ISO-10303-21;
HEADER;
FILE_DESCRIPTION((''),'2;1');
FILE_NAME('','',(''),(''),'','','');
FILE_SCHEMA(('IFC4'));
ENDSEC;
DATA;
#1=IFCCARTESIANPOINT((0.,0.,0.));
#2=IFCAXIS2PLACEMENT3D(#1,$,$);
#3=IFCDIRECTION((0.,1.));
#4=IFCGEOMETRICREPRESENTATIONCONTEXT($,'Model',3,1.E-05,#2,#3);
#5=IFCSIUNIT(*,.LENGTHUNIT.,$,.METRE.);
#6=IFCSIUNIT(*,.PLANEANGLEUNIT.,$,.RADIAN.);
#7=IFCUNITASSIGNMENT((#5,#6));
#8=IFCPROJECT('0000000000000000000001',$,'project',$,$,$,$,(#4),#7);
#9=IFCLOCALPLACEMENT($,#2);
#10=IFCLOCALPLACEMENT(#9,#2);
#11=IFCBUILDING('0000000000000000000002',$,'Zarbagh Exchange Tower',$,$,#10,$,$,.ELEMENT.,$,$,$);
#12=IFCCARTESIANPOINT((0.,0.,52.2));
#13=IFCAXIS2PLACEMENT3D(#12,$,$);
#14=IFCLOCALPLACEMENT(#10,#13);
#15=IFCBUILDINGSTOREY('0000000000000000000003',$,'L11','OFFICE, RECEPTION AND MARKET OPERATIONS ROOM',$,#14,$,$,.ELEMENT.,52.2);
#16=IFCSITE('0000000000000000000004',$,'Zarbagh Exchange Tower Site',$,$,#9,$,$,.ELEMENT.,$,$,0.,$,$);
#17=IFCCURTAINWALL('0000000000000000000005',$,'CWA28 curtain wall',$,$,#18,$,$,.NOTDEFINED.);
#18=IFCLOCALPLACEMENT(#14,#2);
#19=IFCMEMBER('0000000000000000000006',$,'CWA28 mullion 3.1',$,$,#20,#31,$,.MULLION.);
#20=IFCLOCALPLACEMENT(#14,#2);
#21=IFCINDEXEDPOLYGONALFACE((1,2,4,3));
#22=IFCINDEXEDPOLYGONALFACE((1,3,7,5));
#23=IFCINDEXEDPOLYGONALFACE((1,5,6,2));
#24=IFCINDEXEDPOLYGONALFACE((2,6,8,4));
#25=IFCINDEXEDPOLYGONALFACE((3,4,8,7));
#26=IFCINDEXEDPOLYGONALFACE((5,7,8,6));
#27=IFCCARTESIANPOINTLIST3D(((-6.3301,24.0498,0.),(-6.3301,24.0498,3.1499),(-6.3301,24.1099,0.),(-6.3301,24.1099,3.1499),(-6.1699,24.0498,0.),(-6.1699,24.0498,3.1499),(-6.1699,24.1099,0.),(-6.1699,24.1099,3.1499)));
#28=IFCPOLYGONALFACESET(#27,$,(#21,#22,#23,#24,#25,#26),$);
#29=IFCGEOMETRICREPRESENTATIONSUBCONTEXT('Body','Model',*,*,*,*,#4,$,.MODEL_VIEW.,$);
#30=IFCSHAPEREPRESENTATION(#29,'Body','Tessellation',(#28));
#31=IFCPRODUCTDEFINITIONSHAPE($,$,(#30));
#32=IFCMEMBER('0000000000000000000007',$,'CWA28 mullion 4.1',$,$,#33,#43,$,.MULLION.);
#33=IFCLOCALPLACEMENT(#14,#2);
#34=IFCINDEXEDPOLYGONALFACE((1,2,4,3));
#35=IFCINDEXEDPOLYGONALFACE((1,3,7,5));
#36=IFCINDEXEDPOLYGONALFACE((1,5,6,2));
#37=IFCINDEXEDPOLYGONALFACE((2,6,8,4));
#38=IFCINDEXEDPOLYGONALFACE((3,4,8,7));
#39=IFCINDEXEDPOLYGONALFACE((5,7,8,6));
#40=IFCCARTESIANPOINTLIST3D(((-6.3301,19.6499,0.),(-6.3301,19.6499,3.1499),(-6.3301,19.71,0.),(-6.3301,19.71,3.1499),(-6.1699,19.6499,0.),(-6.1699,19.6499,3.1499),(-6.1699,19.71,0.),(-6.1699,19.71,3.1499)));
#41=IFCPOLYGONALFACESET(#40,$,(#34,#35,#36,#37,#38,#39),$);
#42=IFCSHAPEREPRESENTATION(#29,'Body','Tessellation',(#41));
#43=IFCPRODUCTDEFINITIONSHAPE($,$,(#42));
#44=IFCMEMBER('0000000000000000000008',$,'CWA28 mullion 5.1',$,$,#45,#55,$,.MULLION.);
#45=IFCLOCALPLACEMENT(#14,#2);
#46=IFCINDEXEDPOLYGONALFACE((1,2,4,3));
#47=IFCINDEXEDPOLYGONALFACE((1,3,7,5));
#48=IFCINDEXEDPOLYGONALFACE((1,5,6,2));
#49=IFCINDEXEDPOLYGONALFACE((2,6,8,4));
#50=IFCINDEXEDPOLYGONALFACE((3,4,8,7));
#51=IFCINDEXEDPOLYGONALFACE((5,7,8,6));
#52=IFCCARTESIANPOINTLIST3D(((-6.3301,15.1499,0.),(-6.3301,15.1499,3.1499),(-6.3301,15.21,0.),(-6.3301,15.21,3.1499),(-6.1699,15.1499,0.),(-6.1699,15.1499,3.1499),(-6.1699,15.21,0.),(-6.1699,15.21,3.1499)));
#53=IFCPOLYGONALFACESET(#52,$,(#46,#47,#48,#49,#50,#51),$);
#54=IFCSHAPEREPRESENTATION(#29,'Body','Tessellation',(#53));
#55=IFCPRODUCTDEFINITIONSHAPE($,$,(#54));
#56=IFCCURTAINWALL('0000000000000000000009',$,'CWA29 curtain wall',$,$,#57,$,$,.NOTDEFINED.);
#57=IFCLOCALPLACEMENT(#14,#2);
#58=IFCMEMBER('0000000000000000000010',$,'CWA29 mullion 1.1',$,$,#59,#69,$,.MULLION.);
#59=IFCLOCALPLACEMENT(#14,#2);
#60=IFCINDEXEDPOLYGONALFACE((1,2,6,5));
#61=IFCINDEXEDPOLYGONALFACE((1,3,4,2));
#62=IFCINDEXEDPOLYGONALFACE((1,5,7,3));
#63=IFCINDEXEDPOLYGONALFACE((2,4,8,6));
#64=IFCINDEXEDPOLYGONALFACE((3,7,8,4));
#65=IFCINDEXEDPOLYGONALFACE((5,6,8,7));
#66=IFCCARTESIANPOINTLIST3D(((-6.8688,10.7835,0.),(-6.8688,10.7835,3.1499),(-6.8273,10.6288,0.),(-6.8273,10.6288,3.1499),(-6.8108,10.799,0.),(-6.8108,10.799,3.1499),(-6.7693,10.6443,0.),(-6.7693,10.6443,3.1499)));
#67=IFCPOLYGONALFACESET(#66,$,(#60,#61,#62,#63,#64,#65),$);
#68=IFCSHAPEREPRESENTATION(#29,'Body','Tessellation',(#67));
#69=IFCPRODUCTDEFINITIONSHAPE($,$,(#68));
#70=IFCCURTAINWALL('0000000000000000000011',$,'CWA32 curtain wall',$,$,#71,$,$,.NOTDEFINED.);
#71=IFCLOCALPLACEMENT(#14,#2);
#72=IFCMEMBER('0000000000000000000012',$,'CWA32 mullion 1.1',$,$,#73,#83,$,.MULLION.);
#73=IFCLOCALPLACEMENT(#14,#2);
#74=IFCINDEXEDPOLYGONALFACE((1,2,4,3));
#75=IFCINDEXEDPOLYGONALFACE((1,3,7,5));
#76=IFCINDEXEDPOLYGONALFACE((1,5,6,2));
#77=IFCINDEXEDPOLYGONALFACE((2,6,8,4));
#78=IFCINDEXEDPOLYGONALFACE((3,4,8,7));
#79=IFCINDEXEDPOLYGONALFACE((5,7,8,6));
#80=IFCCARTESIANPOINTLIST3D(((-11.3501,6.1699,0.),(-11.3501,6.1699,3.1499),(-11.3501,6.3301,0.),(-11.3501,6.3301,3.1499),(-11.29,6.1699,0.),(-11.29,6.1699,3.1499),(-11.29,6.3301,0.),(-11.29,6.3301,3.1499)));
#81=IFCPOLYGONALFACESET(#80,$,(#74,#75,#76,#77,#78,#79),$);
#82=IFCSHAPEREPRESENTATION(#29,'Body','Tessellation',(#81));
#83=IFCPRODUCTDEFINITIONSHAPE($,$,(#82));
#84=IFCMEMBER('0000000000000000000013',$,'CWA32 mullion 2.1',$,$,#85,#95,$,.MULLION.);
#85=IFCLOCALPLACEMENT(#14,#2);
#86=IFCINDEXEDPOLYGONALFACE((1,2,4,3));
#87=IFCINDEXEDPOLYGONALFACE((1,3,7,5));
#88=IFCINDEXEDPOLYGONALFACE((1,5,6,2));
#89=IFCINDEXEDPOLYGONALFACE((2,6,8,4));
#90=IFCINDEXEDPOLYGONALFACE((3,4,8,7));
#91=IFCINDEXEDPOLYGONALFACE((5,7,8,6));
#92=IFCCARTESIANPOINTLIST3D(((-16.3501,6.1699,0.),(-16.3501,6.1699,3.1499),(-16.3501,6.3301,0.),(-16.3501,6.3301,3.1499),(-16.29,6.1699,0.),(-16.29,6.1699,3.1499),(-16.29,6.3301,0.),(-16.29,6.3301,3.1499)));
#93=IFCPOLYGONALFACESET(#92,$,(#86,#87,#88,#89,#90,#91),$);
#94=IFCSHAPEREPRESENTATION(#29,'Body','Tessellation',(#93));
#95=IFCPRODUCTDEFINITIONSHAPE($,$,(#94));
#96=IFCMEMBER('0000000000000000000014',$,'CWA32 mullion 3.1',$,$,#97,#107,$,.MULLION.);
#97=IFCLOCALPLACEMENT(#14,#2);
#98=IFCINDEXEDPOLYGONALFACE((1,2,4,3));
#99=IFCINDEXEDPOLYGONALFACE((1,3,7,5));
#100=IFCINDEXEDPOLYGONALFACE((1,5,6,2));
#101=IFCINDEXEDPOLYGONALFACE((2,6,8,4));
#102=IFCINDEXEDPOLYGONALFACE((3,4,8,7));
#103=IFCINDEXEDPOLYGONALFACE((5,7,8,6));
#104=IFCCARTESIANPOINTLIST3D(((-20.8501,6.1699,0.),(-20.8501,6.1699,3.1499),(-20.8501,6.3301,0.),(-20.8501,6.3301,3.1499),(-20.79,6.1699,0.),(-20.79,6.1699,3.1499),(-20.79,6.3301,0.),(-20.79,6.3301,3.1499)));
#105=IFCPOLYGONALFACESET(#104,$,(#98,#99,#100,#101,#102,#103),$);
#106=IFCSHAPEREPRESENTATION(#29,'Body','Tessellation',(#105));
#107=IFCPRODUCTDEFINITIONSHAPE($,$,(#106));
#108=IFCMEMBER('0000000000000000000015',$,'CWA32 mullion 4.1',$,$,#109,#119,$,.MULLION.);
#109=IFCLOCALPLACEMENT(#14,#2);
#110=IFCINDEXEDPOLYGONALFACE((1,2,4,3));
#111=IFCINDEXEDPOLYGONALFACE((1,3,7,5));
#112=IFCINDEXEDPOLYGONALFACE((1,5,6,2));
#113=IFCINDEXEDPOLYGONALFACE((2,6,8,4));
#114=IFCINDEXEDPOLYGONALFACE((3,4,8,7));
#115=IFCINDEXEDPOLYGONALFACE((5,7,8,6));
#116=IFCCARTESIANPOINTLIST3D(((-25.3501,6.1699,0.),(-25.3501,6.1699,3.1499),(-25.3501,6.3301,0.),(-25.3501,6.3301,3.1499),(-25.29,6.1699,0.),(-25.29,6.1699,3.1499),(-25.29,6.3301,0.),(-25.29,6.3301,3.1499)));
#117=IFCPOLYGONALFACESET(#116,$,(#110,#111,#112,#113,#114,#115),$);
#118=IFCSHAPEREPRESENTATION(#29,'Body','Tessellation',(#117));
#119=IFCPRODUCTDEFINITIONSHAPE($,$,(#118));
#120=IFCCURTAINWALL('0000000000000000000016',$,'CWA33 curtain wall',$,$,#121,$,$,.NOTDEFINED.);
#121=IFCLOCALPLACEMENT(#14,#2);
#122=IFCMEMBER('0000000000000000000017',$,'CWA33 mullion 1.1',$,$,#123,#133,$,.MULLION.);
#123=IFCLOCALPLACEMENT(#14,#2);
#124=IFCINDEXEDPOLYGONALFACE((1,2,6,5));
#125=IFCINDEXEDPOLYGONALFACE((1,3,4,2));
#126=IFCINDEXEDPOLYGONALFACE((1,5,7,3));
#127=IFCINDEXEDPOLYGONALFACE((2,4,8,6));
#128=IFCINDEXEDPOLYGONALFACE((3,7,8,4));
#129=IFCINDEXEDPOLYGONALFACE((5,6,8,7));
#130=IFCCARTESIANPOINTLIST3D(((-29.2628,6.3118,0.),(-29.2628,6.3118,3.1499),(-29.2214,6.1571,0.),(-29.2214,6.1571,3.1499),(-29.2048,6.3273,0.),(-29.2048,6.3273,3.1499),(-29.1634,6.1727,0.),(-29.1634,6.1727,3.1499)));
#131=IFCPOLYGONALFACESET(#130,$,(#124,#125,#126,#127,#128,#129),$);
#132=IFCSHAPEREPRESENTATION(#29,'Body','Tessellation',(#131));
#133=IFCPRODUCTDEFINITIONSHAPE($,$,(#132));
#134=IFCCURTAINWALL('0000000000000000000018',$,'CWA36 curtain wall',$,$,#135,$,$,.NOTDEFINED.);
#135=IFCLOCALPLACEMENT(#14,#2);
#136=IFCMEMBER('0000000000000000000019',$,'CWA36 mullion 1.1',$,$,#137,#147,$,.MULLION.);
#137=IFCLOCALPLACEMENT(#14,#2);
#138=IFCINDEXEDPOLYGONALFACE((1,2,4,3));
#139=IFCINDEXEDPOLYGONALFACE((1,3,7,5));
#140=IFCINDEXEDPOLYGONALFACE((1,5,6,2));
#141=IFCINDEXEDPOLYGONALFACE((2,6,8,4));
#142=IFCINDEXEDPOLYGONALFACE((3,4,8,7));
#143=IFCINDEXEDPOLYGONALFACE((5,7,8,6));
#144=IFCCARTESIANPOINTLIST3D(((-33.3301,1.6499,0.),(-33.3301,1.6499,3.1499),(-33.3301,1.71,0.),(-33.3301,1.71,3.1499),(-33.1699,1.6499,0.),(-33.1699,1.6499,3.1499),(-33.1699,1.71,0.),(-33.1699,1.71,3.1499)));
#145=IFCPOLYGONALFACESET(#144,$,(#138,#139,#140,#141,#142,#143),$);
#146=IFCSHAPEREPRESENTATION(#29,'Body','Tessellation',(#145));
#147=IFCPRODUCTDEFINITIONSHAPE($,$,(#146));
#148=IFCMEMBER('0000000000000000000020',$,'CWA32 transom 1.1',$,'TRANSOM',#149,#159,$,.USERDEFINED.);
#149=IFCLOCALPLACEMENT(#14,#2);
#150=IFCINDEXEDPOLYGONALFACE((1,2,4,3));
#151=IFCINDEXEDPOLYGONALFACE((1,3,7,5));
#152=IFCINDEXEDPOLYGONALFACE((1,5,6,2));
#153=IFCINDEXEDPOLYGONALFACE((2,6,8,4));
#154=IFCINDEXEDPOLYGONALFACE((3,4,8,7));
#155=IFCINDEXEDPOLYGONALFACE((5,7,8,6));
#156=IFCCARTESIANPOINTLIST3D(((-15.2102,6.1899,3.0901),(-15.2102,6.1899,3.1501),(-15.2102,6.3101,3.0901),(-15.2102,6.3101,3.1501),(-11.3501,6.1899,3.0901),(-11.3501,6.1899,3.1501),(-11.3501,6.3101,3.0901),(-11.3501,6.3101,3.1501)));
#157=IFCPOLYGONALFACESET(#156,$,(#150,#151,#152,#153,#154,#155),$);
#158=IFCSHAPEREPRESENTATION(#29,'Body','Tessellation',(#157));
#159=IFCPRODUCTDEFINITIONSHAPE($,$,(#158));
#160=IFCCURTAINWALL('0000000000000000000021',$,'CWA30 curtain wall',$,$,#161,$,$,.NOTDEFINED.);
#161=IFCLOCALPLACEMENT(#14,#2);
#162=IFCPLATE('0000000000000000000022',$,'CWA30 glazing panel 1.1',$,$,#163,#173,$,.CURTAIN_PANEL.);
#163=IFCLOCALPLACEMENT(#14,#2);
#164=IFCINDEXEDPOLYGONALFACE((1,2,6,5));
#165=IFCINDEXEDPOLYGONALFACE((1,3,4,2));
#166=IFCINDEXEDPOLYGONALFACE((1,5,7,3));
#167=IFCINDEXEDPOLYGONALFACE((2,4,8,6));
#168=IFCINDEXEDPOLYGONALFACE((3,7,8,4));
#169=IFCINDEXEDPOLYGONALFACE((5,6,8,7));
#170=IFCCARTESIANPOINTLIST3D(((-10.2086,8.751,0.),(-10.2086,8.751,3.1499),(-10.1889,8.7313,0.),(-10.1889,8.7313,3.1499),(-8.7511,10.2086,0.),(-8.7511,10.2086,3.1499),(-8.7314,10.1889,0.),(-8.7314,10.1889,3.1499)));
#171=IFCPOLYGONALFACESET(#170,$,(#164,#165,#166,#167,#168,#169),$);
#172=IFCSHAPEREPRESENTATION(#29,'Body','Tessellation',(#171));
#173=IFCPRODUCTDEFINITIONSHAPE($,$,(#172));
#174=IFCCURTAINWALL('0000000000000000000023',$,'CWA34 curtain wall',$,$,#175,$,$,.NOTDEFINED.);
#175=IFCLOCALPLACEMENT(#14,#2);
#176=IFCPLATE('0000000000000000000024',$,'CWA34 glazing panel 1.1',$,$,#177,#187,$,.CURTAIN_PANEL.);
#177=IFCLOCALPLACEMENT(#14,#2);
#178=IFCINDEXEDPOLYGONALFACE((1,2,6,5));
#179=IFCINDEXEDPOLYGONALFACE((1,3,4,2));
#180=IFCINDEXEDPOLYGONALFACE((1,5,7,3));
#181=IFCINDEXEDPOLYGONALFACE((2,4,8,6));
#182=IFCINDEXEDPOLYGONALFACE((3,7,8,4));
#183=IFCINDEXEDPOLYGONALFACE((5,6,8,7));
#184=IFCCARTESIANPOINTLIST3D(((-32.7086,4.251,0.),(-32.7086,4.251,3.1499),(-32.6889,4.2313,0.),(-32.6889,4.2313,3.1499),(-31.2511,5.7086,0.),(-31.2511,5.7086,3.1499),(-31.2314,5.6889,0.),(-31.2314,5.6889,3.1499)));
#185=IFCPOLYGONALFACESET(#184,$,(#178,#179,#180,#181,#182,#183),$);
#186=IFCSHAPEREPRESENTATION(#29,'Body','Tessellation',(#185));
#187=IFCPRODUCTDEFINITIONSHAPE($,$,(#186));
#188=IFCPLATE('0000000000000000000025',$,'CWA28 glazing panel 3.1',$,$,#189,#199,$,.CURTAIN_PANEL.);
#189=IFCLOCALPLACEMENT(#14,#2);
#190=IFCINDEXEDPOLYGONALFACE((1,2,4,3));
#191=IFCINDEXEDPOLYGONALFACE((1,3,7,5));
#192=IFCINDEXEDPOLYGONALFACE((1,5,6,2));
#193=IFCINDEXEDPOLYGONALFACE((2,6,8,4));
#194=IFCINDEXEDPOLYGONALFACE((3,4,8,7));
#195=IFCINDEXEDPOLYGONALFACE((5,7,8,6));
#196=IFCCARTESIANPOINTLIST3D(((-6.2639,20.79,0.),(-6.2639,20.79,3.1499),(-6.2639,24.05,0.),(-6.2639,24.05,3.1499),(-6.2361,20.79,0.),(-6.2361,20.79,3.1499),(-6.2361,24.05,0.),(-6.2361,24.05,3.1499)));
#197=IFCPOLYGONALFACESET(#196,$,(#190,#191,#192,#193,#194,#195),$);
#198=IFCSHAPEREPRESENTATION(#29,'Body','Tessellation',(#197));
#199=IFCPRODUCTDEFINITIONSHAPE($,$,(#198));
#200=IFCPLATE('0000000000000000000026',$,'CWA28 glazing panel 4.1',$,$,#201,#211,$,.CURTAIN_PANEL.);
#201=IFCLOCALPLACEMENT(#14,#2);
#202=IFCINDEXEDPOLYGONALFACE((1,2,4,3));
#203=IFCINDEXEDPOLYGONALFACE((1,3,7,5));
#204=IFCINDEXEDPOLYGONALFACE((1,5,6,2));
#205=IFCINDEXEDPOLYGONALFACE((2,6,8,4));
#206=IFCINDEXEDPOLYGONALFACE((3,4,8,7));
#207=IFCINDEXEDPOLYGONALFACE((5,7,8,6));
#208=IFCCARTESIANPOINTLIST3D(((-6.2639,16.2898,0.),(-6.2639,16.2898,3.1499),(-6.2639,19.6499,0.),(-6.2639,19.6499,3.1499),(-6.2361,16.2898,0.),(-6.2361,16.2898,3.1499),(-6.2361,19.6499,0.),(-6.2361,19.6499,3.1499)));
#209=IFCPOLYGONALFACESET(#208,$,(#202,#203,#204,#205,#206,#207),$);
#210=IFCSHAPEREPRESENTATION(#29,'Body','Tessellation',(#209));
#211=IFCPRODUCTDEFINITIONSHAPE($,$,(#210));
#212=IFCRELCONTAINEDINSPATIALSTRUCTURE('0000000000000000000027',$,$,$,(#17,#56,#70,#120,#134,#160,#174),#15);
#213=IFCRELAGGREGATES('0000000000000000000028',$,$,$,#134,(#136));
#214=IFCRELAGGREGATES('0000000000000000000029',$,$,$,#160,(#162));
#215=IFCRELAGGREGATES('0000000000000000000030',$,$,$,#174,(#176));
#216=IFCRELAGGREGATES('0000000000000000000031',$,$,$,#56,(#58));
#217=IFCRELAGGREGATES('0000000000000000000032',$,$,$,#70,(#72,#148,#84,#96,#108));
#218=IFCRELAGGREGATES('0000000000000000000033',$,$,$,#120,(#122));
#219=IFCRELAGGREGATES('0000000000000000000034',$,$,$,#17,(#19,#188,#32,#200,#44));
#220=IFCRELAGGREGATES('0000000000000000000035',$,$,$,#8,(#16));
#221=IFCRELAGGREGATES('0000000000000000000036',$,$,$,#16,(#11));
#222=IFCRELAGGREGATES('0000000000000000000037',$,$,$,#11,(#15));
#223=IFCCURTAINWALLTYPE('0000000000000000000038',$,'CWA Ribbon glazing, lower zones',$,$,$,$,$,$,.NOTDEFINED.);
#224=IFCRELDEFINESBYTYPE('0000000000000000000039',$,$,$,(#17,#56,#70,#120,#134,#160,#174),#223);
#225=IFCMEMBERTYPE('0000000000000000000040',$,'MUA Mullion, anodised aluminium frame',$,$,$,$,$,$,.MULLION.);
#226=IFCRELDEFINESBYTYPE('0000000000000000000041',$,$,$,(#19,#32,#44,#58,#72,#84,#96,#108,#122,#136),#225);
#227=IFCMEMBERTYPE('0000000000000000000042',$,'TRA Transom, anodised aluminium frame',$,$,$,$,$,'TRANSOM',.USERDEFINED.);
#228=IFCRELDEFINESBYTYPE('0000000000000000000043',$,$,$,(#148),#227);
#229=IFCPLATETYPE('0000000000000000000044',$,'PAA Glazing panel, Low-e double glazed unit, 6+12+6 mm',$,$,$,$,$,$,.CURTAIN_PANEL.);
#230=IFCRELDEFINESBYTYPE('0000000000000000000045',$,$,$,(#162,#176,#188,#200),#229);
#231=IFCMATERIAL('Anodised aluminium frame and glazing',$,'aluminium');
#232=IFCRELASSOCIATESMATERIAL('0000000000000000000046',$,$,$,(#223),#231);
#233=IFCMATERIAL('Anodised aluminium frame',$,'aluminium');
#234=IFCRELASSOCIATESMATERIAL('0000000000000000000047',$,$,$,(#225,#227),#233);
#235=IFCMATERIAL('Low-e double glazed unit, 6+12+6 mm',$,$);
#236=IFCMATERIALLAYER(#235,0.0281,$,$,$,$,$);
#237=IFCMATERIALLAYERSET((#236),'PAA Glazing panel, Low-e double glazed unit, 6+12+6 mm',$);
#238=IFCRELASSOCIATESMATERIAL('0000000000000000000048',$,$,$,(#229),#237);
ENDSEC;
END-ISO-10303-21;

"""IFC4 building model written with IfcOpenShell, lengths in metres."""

from ifc_helpers import new_model, si_unit, direction, frame, origin, place, context, subcontext, project, spatial, polyline, outline, extrude, source, transform, mapped, material, layer, layer_set, type_object, element, aggregate, save


model = new_model("IFC4")

# Units and contexts
model_context = context("Model", 3, precision=1e-05, world=origin(), true_north=direction((0.0, 1.0)))
body_context = subcontext(model_context, "Body", "Model", "MODEL_VIEW")
ifc_project = project(units=[si_unit("LENGTHUNIT", "METRE"), si_unit("PLANEANGLEUNIT", "RADIAN")], contexts=[model_context])

# Site, building, storey
site_placement = place(None, origin())
site = spatial("IfcSite", under=ifc_project, at=site_placement, Name="Zarbagh Exchange Tower Site", CompositionType="ELEMENT", RefElevation=0.0)
building_placement = place(site_placement, origin())
building = spatial("IfcBuilding", under=site, at=building_placement, Name="Zarbagh Exchange Tower", CompositionType="ELEMENT")
storey_placement = place(building_placement, frame((0.0, 0.0, 52.2)))
storey = spatial("IfcBuildingStorey", under=building, at=storey_placement, Name="L11", Description="OFFICE, RECEPTION AND MARKET OPERATIONS ROOM", CompositionType="ELEMENT", Elevation=52.2)

# Curtain wall, members
ifc_material_1 = material(Name="Anodised aluminium frame and glazing", Category="aluminium")
curtain_wall_type = type_object("IfcCurtainWallType", Name="CWA Ribbon glazing, lower zones", PredefinedType="NOTDEFINED", material=ifc_material_1)
curtain_wall_1_placement = place(storey_placement, origin())
curtain_wall_1 = element("IfcCurtainWall", 1, at=curtain_wall_1_placement, inside=storey, type_object=curtain_wall_type, Name="CWA28 curtain wall", PredefinedType="NOTDEFINED")
ifc_material_2 = material(Name="Anodised aluminium frame", Category="aluminium")
member_type_1 = type_object("IfcMemberType", Name="MUA Mullion, anodised aluminium frame", PredefinedType="MULLION", material=ifc_material_2)
shared_shape_1 = source(origin(), body_context, "Body", "SweptSolid", [
    extrude(outline(polyline([(0.0, -0.0801), (0.0601, -0.0801), (0.0601, 0.0801), (0.0, 0.0801), (0.0, -0.0801)])), origin(), (0.0, 0.0, 1.0), 3.1499),
])
placement = place(storey_placement, origin())
member_1 = element("IfcMember", 2, at=placement, type_object=member_type_1, Name="CWA28 mullion 3.1", PredefinedType="MULLION", context=body_context, shape_type="MappedRepresentation", body=[
    mapped(shared_shape_1, transform((-6.25, 24.1099, 0.0), x_axis=(0.0, -1.0, 0.0), y_axis=(1.0, 0.0, 0.0), z_axis=(0.0, 0.0, 1.0))),
])
member_2 = element("IfcMember", 3, at=placement, type_object=member_type_1, Name="CWA28 mullion 4.1", PredefinedType="MULLION", context=body_context, shape_type="MappedRepresentation", body=[
    mapped(shared_shape_1, transform((-6.25, 19.71, 0.0), x_axis=(0.0, -1.0, 0.0), y_axis=(1.0, 0.0, 0.0), z_axis=(0.0, 0.0, 1.0))),
])
member_3 = element("IfcMember", 4, at=placement, type_object=member_type_1, Name="CWA28 mullion 5.1", PredefinedType="MULLION", context=body_context, shape_type="MappedRepresentation", body=[
    mapped(shared_shape_1, transform((-6.25, 15.21, 0.0), x_axis=(0.0, -1.0, 0.0), y_axis=(1.0, 0.0, 0.0), z_axis=(0.0, 0.0, 1.0))),
])

# Curtain wall, member
curtain_wall_2_placement = place(storey_placement, origin())
curtain_wall_2 = element("IfcCurtainWall", 5, at=curtain_wall_2_placement, inside=storey, type_object=curtain_wall_type, Name="CWA29 curtain wall", PredefinedType="NOTDEFINED")
member_4 = element("IfcMember", 6, at=placement, type_object=member_type_1, Name="CWA29 mullion 1.1", PredefinedType="MULLION", context=body_context, shape_type="MappedRepresentation", body=[
    mapped(shared_shape_1, transform((-6.79, 10.7217, 0.0), x_axis=(-0.965924, -0.258825, 0.0), y_axis=(0.258825, -0.965924, 0.0), z_axis=(0.0, 0.0, 1.0))),
])

# Curtain wall, members
curtain_wall_3_placement = place(storey_placement, origin())
curtain_wall_3 = element("IfcCurtainWall", 7, at=curtain_wall_3_placement, inside=storey, type_object=curtain_wall_type, Name="CWA32 curtain wall", PredefinedType="NOTDEFINED")
member_5 = element("IfcMember", 8, at=placement, type_object=member_type_1, Name="CWA32 mullion 1.1", PredefinedType="MULLION", context=body_context, shape_type="MappedRepresentation", body=[
    mapped(shared_shape_1, transform((-11.29, 6.25, 0.0), x_axis=(-1.0, 0.0, 0.0), y_axis=(0.0, -1.0, 0.0), z_axis=(0.0, 0.0, 1.0))),
])
member_6 = element("IfcMember", 9, at=placement, type_object=member_type_1, Name="CWA32 mullion 2.1", PredefinedType="MULLION", context=body_context, shape_type="MappedRepresentation", body=[
    mapped(shared_shape_1, transform((-16.29, 6.25, 0.0), x_axis=(-1.0, 0.0, 0.0), y_axis=(0.0, -1.0, 0.0), z_axis=(0.0, 0.0, 1.0))),
])
member_7 = element("IfcMember", 10, at=placement, type_object=member_type_1, Name="CWA32 mullion 3.1", PredefinedType="MULLION", context=body_context, shape_type="MappedRepresentation", body=[
    mapped(shared_shape_1, transform((-20.79, 6.25, 0.0), x_axis=(-1.0, 0.0, 0.0), y_axis=(0.0, -1.0, 0.0), z_axis=(0.0, 0.0, 1.0))),
])
member_8 = element("IfcMember", 11, at=placement, type_object=member_type_1, Name="CWA32 mullion 4.1", PredefinedType="MULLION", context=body_context, shape_type="MappedRepresentation", body=[
    mapped(shared_shape_1, transform((-25.29, 6.25, 0.0), x_axis=(-1.0, 0.0, 0.0), y_axis=(0.0, -1.0, 0.0), z_axis=(0.0, 0.0, 1.0))),
])

# Curtain walls, members
curtain_wall_4_placement = place(storey_placement, origin())
curtain_wall_4 = element("IfcCurtainWall", 12, at=curtain_wall_4_placement, inside=storey, type_object=curtain_wall_type, Name="CWA33 curtain wall", PredefinedType="NOTDEFINED")
member_9 = element("IfcMember", 13, at=placement, type_object=member_type_1, Name="CWA33 mullion 1.1", PredefinedType="MULLION", context=body_context, shape_type="MappedRepresentation", body=[
    mapped(shared_shape_1, transform((-29.1841, 6.25, 0.0), x_axis=(-0.965924, -0.258825, 0.0), y_axis=(0.258825, -0.965924, 0.0), z_axis=(0.0, 0.0, 1.0))),
])
curtain_wall_5_placement = place(storey_placement, origin())
curtain_wall_5 = element("IfcCurtainWall", 14, at=curtain_wall_5_placement, inside=storey, type_object=curtain_wall_type, Name="CWA36 curtain wall", PredefinedType="NOTDEFINED")
member_10 = element("IfcMember", 15, at=placement, type_object=member_type_1, Name="CWA36 mullion 1.1", PredefinedType="MULLION", context=body_context, shape_type="MappedRepresentation", body=[
    mapped(shared_shape_1, transform((-33.25, 1.71, 0.0), x_axis=(0.0, -1.0, 0.0), y_axis=(1.0, 0.0, 0.0), z_axis=(0.0, 0.0, 1.0))),
])
aggregate(curtain_wall_5, [member_10])

# Member
member_type_2 = type_object("IfcMemberType", Name="TRA Transom, anodised aluminium frame", ElementType="TRANSOM", PredefinedType="USERDEFINED", material=ifc_material_2)
shared_shape_2 = source(origin(), body_context, "Body", "SweptSolid", [
    extrude(outline(polyline([(-0.0601, -0.0601), (0.0, -0.0601), (0.0, 0.0601), (-0.0601, 0.0601), (-0.0601, -0.0601)])), origin(), (0.0, 0.0, 1.0), 3.8601),
])
member_11 = element("IfcMember", 16, at=placement, type_object=member_type_2, Name="CWA32 transom 1.1", ObjectType="TRANSOM", PredefinedType="USERDEFINED", context=body_context, shape_type="MappedRepresentation", body=[
    mapped(shared_shape_2, transform((-11.3501, 6.25, 3.1501), x_axis=(0.0, 0.0, 1.0), y_axis=(0.0, 1.0, 0.0), z_axis=(-1.0, 0.0, 0.0))),
])

# Curtain walls, plates
curtain_wall_6_placement = place(storey_placement, origin())
curtain_wall_6 = element("IfcCurtainWall", 17, at=curtain_wall_6_placement, inside=storey, type_object=curtain_wall_type, Name="CWA30 curtain wall", PredefinedType="NOTDEFINED")
ifc_material_3 = material(Name="Low-e double glazed unit, 6+12+6 mm")
ifc_layer = layer(ifc_material_3, 0.0281)
ifc_layer_set = layer_set([ifc_layer], Name="PAA Glazing panel, Low-e double glazed unit, 6+12+6 mm")
plate_type = type_object("IfcPlateType", Name="PAA Glazing panel, Low-e double glazed unit, 6+12+6 mm", PredefinedType="CURTAIN_PANEL", material=ifc_layer_set)
shared_shape_3 = source(origin(), body_context, "Body", "SweptSolid", [
    extrude(outline(polyline([(0.0, -0.0139), (2.0613, -0.0139), (2.0613, 0.0139), (0.0, 0.0139), (0.0, -0.0139)])), origin(), (0.0, 0.0, 1.0), 3.1499),
])
plate_1 = element("IfcPlate", 18, at=placement, type_object=plate_type, Name="CWA30 glazing panel 1.1", PredefinedType="CURTAIN_PANEL", context=body_context, shape_type="MappedRepresentation", body=[
    mapped(shared_shape_3, transform((-8.7412, 10.1987, 0.0), x_axis=(-0.707107, -0.707107, 0.0), y_axis=(0.707107, -0.707107, 0.0), z_axis=(0.0, 0.0, 1.0))),
])
aggregate(curtain_wall_6, [plate_1])
curtain_wall_7_placement = place(storey_placement, origin())
curtain_wall_7 = element("IfcCurtainWall", 19, at=curtain_wall_7_placement, inside=storey, type_object=curtain_wall_type, Name="CWA34 curtain wall", PredefinedType="NOTDEFINED")
plate_2 = element("IfcPlate", 20, at=placement, type_object=plate_type, Name="CWA34 glazing panel 1.1", PredefinedType="CURTAIN_PANEL", context=body_context, shape_type="MappedRepresentation", body=[
    mapped(shared_shape_3, transform((-31.2412, 5.6987, 0.0), x_axis=(-0.707107, -0.707107, 0.0), y_axis=(0.707107, -0.707107, 0.0), z_axis=(0.0, 0.0, 1.0))),
])
aggregate(curtain_wall_7, [plate_2])

# Plates
shared_shape_4 = source(origin(), body_context, "Body", "SweptSolid", [
    extrude(outline(polyline([(0.0, -0.0139), (3.26, -0.0139), (3.26, 0.0139), (0.0, 0.0139), (0.0, -0.0139)])), origin(), (0.0, 0.0, 1.0), 3.1499),
])
plate_3 = element("IfcPlate", 21, at=placement, type_object=plate_type, Name="CWA28 glazing panel 3.1", PredefinedType="CURTAIN_PANEL", context=body_context, shape_type="MappedRepresentation", body=[
    mapped(shared_shape_4, transform((-6.25, 24.05, 0.0), x_axis=(0.0, -1.0, 0.0), y_axis=(1.0, 0.0, 0.0), z_axis=(0.0, 0.0, 1.0))),
])
shared_shape_5 = source(origin(), body_context, "Body", "SweptSolid", [
    extrude(outline(polyline([(0.0, -0.0139), (3.3601, -0.0139), (3.3601, 0.0139), (0.0, 0.0139), (0.0, -0.0139)])), origin(), (0.0, 0.0, 1.0), 3.1499),
])
plate_4 = element("IfcPlate", 22, at=placement, type_object=plate_type, Name="CWA28 glazing panel 4.1", PredefinedType="CURTAIN_PANEL", context=body_context, shape_type="MappedRepresentation", body=[
    mapped(shared_shape_5, transform((-6.25, 19.6499, 0.0), x_axis=(0.0, -1.0, 0.0), y_axis=(1.0, 0.0, 0.0), z_axis=(0.0, 0.0, 1.0))),
])
aggregate(curtain_wall_2, [member_4])

aggregate(curtain_wall_3, [member_5, member_11, member_6, member_7, member_8])
aggregate(curtain_wall_4, [member_9])

aggregate(curtain_wall_1, [member_1, plate_3, member_2, plate_4, member_3])

save(model, "model.ifc")
